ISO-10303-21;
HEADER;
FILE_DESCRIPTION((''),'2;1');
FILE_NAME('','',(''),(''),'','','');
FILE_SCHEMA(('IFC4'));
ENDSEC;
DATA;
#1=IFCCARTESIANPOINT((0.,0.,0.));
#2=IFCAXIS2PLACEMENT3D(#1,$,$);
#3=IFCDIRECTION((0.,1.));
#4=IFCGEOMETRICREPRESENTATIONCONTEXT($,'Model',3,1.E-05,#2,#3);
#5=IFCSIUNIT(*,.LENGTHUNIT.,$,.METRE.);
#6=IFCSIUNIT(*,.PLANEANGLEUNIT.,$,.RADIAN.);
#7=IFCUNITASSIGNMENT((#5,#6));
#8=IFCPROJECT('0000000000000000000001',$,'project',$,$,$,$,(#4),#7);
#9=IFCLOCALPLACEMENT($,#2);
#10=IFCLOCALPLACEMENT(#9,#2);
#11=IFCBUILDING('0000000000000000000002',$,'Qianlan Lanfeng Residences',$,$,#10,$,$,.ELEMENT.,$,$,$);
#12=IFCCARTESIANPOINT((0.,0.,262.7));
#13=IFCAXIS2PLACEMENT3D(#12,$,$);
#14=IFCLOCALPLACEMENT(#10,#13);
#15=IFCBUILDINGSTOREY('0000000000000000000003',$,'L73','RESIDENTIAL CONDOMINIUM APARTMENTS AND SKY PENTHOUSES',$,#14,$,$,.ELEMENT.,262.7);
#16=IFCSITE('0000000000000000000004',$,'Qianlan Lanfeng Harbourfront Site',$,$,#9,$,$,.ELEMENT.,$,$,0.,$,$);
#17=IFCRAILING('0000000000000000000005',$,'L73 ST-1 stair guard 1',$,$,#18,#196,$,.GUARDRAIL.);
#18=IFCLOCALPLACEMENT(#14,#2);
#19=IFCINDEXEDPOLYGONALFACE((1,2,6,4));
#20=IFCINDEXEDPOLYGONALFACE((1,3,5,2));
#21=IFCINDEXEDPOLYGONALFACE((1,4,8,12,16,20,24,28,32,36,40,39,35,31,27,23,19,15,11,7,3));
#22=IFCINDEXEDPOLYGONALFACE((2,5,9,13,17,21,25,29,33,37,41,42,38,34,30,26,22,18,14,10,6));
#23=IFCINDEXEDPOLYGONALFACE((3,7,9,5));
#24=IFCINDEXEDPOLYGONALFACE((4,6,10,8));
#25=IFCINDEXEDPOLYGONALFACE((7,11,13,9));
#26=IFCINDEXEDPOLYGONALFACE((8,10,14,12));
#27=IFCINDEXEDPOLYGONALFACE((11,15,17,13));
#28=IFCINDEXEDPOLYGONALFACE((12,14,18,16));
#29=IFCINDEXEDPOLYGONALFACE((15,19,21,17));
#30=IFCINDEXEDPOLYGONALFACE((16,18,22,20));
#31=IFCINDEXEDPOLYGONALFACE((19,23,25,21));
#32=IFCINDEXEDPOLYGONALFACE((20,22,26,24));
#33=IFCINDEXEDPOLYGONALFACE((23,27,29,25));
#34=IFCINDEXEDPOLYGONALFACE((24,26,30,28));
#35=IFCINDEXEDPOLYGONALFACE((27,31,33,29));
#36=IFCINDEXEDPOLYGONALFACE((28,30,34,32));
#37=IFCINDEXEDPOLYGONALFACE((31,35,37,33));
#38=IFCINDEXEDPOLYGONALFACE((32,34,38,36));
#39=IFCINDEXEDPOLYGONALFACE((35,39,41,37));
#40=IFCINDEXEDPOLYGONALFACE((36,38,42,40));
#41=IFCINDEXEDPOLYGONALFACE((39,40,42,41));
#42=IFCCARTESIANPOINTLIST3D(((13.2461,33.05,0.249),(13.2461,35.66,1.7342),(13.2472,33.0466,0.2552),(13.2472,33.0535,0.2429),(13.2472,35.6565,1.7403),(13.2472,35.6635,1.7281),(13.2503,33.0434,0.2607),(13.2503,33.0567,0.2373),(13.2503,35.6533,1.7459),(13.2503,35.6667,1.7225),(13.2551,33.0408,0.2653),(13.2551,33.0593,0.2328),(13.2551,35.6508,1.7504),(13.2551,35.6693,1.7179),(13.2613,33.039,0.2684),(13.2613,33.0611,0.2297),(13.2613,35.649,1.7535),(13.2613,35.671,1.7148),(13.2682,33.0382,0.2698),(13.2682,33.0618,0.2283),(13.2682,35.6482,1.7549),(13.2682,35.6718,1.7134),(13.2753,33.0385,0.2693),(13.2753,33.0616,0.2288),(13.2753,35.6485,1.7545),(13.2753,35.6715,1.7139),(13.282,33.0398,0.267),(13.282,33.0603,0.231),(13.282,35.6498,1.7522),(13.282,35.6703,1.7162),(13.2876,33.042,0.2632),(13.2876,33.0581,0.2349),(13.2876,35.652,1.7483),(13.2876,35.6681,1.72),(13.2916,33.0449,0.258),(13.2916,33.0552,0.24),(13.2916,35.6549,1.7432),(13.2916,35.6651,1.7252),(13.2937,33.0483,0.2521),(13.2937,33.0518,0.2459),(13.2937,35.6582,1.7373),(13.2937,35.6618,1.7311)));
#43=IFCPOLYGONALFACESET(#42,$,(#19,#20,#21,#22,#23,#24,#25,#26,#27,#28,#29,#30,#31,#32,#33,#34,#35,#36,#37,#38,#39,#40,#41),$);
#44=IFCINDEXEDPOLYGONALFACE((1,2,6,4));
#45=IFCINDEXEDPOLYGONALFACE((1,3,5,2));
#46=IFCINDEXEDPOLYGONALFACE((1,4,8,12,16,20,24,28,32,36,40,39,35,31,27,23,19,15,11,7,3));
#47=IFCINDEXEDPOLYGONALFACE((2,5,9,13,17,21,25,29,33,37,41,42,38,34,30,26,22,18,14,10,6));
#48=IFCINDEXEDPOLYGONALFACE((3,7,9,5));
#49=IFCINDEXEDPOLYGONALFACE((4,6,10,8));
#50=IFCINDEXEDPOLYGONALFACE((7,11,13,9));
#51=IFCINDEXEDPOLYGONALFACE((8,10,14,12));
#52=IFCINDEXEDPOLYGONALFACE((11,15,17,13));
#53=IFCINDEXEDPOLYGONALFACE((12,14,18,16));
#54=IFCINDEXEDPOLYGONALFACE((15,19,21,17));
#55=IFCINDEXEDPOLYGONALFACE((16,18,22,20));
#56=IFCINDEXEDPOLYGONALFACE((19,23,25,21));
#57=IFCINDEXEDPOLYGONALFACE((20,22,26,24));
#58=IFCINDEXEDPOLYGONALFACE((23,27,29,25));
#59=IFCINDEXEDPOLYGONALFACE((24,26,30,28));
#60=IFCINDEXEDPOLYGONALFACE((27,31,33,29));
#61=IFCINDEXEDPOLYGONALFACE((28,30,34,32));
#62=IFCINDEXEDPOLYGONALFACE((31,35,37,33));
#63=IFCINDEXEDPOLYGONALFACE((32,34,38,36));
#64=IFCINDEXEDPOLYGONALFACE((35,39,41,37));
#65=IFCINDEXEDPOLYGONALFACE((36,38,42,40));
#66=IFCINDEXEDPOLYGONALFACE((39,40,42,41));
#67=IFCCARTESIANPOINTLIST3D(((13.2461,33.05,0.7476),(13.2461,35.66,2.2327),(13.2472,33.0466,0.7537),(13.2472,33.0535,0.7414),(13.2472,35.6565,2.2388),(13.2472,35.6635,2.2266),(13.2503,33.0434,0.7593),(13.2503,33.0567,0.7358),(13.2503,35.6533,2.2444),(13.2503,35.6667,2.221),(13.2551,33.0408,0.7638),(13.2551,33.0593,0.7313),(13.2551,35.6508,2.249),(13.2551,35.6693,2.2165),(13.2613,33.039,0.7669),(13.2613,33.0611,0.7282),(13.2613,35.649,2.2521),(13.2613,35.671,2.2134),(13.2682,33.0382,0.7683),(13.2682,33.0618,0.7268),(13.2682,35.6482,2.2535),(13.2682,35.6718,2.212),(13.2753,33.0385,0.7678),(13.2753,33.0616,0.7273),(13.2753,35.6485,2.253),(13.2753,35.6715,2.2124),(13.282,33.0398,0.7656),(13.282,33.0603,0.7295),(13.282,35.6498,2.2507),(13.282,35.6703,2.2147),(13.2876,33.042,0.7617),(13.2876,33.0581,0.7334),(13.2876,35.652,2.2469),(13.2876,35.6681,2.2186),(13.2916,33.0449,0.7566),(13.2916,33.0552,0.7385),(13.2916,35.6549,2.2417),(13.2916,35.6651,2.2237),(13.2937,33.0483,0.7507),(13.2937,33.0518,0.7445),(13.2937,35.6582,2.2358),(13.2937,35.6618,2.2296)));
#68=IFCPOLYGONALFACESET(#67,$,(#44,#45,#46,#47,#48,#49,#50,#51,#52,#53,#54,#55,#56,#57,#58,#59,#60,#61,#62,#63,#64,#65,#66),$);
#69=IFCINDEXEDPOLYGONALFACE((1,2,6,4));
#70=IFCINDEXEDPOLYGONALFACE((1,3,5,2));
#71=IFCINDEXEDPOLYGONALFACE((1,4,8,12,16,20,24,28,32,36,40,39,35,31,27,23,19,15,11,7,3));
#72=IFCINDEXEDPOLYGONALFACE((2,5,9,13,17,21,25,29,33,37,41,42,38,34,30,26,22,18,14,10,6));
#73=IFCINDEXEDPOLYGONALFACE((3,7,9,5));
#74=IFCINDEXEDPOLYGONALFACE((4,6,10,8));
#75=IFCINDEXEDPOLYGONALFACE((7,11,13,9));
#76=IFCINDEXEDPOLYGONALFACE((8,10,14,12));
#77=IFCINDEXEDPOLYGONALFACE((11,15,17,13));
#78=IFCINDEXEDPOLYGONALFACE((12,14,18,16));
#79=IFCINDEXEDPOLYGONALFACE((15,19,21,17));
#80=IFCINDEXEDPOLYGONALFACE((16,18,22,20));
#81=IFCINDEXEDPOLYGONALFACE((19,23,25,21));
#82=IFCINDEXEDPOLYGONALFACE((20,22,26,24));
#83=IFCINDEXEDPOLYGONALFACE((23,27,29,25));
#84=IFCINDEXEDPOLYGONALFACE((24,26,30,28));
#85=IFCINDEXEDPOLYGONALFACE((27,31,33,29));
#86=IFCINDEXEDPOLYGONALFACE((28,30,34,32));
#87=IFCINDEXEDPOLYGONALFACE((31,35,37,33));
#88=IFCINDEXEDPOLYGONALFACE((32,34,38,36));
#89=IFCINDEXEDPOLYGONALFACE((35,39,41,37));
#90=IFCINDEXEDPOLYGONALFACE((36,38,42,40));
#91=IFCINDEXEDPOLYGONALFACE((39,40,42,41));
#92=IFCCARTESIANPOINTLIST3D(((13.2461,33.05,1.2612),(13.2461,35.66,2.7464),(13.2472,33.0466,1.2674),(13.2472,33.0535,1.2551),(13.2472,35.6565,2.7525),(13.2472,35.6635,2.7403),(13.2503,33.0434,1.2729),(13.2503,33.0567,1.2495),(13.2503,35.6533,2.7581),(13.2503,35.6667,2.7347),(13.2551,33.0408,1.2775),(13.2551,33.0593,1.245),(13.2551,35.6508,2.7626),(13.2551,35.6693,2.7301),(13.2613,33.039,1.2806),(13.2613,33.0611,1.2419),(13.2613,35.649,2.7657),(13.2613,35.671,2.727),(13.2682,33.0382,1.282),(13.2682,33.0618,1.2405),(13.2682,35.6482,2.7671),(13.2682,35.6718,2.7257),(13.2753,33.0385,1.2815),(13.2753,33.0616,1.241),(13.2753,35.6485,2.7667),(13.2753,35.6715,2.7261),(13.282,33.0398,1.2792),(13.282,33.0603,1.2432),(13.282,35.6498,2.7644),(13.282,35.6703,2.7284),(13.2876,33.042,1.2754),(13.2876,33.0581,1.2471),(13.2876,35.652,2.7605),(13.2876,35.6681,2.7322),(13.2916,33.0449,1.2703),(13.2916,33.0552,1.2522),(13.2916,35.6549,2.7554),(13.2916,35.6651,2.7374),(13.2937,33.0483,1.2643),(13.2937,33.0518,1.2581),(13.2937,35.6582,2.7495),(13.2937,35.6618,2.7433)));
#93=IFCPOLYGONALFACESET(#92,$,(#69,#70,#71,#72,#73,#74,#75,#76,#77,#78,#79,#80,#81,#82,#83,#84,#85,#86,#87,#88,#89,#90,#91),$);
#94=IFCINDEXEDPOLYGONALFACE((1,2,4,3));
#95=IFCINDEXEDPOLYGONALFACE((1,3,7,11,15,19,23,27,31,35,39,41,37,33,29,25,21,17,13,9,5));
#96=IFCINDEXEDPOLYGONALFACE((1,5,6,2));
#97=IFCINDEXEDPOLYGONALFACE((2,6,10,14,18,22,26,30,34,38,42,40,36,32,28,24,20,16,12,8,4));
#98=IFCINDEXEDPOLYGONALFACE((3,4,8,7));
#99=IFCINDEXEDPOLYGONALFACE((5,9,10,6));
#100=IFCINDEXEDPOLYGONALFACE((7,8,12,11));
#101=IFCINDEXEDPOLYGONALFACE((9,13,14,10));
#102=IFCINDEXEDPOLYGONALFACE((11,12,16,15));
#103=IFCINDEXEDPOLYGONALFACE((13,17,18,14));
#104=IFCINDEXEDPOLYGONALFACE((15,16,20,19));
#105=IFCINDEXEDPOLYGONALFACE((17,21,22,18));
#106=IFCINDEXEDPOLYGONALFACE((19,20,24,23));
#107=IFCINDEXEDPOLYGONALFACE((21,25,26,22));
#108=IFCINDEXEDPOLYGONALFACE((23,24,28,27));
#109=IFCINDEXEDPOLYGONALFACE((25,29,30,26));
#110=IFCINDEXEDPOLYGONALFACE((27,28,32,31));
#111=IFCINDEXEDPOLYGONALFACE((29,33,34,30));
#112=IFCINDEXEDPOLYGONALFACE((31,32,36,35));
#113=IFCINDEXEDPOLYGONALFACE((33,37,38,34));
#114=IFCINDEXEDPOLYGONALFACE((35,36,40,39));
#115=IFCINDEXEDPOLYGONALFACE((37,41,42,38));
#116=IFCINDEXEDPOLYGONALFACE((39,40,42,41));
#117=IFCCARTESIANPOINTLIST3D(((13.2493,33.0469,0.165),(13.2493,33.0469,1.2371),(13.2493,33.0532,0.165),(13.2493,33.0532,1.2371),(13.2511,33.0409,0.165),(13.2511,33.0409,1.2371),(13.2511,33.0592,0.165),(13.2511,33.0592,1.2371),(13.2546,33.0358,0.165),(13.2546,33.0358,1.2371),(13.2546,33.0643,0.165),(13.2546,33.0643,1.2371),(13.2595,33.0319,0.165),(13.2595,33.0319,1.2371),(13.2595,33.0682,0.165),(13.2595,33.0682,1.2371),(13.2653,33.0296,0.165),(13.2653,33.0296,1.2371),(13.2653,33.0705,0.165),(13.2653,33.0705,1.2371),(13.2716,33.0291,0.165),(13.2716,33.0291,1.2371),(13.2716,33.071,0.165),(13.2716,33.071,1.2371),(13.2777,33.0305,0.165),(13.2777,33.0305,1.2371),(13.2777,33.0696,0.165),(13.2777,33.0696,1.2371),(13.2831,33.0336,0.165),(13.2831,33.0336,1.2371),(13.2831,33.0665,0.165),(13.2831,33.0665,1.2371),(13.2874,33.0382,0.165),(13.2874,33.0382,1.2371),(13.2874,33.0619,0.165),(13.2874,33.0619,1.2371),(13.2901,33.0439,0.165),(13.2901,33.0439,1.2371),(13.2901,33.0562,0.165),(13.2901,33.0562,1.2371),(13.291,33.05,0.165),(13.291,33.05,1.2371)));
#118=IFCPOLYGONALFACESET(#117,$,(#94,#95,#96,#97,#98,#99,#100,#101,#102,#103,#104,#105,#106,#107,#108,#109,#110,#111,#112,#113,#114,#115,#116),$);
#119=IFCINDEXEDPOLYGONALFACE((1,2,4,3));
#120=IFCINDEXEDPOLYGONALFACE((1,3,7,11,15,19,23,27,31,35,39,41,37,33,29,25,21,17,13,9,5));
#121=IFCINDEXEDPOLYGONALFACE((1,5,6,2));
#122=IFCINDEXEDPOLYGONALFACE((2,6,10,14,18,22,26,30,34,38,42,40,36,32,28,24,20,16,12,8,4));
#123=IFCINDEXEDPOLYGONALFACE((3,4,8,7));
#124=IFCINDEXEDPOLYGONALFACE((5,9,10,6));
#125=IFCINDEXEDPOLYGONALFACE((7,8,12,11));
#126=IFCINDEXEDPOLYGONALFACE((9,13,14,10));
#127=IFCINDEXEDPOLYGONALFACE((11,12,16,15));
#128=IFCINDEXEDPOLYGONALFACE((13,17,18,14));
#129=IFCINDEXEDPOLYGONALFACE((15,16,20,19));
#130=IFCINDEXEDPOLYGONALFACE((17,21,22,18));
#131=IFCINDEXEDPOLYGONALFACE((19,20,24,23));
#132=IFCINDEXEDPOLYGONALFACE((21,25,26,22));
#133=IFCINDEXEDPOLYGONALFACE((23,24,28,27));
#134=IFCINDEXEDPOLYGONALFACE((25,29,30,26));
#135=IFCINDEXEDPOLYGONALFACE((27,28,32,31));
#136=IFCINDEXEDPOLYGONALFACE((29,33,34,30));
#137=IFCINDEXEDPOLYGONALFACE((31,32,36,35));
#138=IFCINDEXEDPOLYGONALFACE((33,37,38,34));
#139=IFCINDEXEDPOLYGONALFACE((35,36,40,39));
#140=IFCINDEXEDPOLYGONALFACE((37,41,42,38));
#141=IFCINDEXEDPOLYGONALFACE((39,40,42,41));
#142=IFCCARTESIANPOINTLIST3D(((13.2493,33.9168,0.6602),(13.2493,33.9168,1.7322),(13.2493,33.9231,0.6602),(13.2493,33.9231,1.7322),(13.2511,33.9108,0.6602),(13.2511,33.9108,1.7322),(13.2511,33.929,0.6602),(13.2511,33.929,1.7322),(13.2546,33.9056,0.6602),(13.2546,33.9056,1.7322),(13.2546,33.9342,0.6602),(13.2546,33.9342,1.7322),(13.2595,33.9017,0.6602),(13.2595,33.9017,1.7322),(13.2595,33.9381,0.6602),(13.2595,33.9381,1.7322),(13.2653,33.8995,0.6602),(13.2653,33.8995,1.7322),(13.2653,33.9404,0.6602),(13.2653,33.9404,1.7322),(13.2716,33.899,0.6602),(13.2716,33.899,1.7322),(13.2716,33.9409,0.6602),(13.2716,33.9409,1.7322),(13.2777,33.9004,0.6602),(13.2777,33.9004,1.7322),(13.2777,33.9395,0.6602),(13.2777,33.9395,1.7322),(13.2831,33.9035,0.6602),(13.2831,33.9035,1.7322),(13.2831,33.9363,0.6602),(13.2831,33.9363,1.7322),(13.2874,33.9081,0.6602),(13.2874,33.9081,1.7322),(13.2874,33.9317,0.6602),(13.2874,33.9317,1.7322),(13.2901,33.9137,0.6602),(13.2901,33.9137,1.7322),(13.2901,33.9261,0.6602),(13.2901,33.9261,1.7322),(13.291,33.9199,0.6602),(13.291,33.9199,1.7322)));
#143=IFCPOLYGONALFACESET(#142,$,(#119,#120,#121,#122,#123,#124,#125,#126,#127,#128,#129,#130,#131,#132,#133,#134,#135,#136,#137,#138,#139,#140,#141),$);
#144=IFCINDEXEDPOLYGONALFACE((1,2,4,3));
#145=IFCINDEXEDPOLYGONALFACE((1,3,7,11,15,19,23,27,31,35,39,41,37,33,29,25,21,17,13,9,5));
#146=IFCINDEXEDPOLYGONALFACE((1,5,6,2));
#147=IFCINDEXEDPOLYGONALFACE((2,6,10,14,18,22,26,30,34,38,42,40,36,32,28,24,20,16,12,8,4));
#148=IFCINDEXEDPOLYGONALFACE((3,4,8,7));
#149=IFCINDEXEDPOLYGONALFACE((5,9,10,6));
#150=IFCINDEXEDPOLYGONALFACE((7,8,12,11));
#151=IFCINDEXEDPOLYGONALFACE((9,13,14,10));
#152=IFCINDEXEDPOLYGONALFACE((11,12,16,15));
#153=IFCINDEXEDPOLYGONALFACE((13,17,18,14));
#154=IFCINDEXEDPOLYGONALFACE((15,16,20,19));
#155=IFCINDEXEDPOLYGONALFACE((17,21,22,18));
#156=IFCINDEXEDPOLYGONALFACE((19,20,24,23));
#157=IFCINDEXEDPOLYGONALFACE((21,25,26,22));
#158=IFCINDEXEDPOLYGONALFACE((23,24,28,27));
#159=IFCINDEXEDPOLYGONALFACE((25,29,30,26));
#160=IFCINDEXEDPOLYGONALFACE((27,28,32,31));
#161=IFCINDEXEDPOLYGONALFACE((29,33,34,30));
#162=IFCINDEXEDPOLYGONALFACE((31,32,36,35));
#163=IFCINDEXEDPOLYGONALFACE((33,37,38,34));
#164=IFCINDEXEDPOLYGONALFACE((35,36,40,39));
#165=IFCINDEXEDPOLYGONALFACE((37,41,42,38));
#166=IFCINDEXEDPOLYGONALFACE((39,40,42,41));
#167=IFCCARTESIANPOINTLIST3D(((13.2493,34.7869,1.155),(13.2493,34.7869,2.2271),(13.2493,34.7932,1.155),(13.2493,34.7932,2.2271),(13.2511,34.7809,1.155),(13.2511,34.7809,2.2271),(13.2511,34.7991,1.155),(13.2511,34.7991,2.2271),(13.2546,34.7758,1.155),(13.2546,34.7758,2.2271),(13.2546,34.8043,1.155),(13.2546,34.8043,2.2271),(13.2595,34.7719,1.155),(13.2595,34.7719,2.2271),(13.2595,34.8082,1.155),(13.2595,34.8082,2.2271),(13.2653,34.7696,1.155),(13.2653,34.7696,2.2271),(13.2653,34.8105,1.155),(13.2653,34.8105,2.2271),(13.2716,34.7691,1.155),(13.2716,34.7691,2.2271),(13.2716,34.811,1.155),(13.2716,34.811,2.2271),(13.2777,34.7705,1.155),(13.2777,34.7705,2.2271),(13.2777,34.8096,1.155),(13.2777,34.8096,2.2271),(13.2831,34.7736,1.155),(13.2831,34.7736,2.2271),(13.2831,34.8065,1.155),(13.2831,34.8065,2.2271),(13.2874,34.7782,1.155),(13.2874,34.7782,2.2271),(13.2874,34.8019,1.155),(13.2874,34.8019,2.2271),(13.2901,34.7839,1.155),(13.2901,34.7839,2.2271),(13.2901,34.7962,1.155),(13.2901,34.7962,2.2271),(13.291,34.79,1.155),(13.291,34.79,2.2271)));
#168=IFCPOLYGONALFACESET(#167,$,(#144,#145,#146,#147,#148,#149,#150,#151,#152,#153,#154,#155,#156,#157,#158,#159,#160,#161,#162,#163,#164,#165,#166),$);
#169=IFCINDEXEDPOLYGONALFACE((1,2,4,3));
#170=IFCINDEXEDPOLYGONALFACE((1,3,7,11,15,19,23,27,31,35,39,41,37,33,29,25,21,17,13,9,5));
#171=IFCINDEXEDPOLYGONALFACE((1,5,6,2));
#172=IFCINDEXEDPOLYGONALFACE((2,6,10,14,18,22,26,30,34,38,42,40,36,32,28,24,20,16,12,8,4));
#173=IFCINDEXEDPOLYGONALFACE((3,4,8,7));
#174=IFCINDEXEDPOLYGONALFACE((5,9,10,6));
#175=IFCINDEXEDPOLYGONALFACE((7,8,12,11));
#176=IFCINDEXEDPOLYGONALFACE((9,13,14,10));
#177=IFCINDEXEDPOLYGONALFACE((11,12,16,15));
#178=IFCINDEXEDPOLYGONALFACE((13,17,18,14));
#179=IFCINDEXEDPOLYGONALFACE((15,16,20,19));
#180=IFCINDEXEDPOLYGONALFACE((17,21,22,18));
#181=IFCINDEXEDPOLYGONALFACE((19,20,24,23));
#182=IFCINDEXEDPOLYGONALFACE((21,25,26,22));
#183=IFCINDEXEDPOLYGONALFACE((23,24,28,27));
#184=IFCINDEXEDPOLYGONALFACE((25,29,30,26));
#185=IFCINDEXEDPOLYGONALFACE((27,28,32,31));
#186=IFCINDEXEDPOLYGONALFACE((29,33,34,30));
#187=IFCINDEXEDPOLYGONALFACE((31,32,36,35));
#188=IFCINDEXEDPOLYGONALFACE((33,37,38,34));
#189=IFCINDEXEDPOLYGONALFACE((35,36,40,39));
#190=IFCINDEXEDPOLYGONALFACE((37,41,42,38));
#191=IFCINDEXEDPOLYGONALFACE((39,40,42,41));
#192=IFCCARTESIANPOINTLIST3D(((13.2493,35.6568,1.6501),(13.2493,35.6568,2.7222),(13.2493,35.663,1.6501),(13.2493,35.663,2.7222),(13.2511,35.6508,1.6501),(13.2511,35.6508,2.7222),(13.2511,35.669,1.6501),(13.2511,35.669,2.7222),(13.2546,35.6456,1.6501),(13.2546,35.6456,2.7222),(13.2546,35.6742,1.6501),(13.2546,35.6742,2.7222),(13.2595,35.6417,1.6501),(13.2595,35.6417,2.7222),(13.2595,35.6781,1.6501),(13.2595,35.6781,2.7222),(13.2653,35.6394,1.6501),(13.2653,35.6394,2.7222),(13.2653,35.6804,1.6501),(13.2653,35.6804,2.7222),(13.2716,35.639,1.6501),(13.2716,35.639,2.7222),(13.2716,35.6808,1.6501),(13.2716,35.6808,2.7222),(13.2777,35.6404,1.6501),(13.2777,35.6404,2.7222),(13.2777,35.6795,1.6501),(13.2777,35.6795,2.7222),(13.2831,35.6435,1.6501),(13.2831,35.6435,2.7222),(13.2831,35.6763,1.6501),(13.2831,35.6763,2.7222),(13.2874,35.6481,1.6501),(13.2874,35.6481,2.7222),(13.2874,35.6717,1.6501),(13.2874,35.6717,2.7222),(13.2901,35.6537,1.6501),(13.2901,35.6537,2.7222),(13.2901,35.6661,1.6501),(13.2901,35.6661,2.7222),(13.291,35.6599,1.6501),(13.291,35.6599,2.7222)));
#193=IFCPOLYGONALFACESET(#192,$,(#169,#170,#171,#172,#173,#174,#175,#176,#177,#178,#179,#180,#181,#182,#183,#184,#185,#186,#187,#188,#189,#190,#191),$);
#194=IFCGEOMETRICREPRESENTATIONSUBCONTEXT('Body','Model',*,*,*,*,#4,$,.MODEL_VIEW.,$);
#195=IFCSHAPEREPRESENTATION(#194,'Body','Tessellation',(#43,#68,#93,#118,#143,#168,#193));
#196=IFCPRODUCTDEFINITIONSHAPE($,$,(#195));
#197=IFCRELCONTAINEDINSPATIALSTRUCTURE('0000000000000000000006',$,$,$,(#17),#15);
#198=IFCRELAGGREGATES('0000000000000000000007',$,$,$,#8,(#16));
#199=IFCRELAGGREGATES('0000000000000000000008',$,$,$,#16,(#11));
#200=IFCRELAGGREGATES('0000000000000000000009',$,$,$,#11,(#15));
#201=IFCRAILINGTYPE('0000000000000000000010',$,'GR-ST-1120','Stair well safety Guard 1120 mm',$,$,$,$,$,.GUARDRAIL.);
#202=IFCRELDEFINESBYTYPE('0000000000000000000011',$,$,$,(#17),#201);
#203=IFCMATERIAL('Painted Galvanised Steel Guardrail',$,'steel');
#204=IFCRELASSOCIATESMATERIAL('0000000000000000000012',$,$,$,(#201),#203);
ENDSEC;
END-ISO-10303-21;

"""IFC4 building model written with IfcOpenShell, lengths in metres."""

from ifc_helpers import new_model, si_unit, direction, frame, origin, origin_2d, place, context, subcontext, project, spatial, circle, extrude, material, type_object, element, save


model = new_model("IFC4")

# Units and contexts
model_context = context("Model", 3, precision=1e-05, world=origin(), true_north=direction((0.0, 1.0)))
body_context = subcontext(model_context, "Body", "Model", "MODEL_VIEW")
ifc_project = project(units=[si_unit("LENGTHUNIT", "METRE"), si_unit("PLANEANGLEUNIT", "RADIAN")], contexts=[model_context])

# Site, building, storey
site_placement = place(None, origin())
site = spatial("IfcSite", under=ifc_project, at=site_placement, Name="Qianlan Lanfeng Harbourfront Site", CompositionType="ELEMENT", RefElevation=0.0)
building_placement = place(site_placement, origin())
building = spatial("IfcBuilding", under=site, at=building_placement, Name="Qianlan Lanfeng Residences", CompositionType="ELEMENT")
storey_placement = place(building_placement, frame((0.0, 0.0, 262.7)))
storey = spatial("IfcBuildingStorey", under=building, at=storey_placement, Name="L73", Description="RESIDENTIAL CONDOMINIUM APARTMENTS AND SKY PENTHOUSES", CompositionType="ELEMENT", Elevation=262.7)

# Railing
ifc_material_1 = material(Name="Painted Galvanised Steel Guardrail", Category="steel")
railing_type_1 = type_object("IfcRailingType", Name="GR-ST-1120", Description="Stair well safety Guard 1120 mm", PredefinedType="GUARDRAIL", material=ifc_material_1)
railing_1_placement = place(storey_placement, frame((13.27, 33.05, 0.165)))
element("IfcRailing", 1, at=railing_1_placement, inside=storey, type_object=railing_type_1, Name="L73 ST-1 stair guard 1", PredefinedType="GUARDRAIL", context=body_context, shape_type="SweptSolid", body=[
    extrude(circle(Radius=0.0239, at=origin_2d()), frame((0.0, 0.0, 0.084), z_axis=(0.0, 0.869137, 0.494571), x_axis=(-1.0, 0.0, 0.0)), (0.0, 0.0, 1.0), 3.0029),
    extrude(circle(Radius=0.0239, at=origin_2d()), frame((0.0, 0.0, 0.5825), z_axis=(0.0, 0.869137, 0.494571), x_axis=(-1.0, 0.0, 0.0)), (0.0, 0.0, 1.0), 3.0029),
    extrude(circle(Radius=0.0239, at=origin_2d()), frame((0.0, 0.0, 1.0962), z_axis=(0.0, 0.869137, 0.494571), x_axis=(-1.0, 0.0, 0.0)), (0.0, 0.0, 1.0), 3.0029),
    extrude(circle(Radius=0.021, at=origin_2d()), origin(), (0.0, 0.0, 1.0), 1.072),
    extrude(circle(Radius=0.021, at=origin_2d()), frame((0.0, 0.8699, 0.4951)), (0.0, 0.0, 1.0), 1.072),
    extrude(circle(Radius=0.021, at=origin_2d()), frame((0.0, 1.74, 0.99)), (0.0, 0.0, 1.0), 1.072),
    extrude(circle(Radius=0.021, at=origin_2d()), frame((0.0, 2.6099, 1.4851)), (0.0, 0.0, 1.0), 1.072),
])

save(model, "model.ifc")
